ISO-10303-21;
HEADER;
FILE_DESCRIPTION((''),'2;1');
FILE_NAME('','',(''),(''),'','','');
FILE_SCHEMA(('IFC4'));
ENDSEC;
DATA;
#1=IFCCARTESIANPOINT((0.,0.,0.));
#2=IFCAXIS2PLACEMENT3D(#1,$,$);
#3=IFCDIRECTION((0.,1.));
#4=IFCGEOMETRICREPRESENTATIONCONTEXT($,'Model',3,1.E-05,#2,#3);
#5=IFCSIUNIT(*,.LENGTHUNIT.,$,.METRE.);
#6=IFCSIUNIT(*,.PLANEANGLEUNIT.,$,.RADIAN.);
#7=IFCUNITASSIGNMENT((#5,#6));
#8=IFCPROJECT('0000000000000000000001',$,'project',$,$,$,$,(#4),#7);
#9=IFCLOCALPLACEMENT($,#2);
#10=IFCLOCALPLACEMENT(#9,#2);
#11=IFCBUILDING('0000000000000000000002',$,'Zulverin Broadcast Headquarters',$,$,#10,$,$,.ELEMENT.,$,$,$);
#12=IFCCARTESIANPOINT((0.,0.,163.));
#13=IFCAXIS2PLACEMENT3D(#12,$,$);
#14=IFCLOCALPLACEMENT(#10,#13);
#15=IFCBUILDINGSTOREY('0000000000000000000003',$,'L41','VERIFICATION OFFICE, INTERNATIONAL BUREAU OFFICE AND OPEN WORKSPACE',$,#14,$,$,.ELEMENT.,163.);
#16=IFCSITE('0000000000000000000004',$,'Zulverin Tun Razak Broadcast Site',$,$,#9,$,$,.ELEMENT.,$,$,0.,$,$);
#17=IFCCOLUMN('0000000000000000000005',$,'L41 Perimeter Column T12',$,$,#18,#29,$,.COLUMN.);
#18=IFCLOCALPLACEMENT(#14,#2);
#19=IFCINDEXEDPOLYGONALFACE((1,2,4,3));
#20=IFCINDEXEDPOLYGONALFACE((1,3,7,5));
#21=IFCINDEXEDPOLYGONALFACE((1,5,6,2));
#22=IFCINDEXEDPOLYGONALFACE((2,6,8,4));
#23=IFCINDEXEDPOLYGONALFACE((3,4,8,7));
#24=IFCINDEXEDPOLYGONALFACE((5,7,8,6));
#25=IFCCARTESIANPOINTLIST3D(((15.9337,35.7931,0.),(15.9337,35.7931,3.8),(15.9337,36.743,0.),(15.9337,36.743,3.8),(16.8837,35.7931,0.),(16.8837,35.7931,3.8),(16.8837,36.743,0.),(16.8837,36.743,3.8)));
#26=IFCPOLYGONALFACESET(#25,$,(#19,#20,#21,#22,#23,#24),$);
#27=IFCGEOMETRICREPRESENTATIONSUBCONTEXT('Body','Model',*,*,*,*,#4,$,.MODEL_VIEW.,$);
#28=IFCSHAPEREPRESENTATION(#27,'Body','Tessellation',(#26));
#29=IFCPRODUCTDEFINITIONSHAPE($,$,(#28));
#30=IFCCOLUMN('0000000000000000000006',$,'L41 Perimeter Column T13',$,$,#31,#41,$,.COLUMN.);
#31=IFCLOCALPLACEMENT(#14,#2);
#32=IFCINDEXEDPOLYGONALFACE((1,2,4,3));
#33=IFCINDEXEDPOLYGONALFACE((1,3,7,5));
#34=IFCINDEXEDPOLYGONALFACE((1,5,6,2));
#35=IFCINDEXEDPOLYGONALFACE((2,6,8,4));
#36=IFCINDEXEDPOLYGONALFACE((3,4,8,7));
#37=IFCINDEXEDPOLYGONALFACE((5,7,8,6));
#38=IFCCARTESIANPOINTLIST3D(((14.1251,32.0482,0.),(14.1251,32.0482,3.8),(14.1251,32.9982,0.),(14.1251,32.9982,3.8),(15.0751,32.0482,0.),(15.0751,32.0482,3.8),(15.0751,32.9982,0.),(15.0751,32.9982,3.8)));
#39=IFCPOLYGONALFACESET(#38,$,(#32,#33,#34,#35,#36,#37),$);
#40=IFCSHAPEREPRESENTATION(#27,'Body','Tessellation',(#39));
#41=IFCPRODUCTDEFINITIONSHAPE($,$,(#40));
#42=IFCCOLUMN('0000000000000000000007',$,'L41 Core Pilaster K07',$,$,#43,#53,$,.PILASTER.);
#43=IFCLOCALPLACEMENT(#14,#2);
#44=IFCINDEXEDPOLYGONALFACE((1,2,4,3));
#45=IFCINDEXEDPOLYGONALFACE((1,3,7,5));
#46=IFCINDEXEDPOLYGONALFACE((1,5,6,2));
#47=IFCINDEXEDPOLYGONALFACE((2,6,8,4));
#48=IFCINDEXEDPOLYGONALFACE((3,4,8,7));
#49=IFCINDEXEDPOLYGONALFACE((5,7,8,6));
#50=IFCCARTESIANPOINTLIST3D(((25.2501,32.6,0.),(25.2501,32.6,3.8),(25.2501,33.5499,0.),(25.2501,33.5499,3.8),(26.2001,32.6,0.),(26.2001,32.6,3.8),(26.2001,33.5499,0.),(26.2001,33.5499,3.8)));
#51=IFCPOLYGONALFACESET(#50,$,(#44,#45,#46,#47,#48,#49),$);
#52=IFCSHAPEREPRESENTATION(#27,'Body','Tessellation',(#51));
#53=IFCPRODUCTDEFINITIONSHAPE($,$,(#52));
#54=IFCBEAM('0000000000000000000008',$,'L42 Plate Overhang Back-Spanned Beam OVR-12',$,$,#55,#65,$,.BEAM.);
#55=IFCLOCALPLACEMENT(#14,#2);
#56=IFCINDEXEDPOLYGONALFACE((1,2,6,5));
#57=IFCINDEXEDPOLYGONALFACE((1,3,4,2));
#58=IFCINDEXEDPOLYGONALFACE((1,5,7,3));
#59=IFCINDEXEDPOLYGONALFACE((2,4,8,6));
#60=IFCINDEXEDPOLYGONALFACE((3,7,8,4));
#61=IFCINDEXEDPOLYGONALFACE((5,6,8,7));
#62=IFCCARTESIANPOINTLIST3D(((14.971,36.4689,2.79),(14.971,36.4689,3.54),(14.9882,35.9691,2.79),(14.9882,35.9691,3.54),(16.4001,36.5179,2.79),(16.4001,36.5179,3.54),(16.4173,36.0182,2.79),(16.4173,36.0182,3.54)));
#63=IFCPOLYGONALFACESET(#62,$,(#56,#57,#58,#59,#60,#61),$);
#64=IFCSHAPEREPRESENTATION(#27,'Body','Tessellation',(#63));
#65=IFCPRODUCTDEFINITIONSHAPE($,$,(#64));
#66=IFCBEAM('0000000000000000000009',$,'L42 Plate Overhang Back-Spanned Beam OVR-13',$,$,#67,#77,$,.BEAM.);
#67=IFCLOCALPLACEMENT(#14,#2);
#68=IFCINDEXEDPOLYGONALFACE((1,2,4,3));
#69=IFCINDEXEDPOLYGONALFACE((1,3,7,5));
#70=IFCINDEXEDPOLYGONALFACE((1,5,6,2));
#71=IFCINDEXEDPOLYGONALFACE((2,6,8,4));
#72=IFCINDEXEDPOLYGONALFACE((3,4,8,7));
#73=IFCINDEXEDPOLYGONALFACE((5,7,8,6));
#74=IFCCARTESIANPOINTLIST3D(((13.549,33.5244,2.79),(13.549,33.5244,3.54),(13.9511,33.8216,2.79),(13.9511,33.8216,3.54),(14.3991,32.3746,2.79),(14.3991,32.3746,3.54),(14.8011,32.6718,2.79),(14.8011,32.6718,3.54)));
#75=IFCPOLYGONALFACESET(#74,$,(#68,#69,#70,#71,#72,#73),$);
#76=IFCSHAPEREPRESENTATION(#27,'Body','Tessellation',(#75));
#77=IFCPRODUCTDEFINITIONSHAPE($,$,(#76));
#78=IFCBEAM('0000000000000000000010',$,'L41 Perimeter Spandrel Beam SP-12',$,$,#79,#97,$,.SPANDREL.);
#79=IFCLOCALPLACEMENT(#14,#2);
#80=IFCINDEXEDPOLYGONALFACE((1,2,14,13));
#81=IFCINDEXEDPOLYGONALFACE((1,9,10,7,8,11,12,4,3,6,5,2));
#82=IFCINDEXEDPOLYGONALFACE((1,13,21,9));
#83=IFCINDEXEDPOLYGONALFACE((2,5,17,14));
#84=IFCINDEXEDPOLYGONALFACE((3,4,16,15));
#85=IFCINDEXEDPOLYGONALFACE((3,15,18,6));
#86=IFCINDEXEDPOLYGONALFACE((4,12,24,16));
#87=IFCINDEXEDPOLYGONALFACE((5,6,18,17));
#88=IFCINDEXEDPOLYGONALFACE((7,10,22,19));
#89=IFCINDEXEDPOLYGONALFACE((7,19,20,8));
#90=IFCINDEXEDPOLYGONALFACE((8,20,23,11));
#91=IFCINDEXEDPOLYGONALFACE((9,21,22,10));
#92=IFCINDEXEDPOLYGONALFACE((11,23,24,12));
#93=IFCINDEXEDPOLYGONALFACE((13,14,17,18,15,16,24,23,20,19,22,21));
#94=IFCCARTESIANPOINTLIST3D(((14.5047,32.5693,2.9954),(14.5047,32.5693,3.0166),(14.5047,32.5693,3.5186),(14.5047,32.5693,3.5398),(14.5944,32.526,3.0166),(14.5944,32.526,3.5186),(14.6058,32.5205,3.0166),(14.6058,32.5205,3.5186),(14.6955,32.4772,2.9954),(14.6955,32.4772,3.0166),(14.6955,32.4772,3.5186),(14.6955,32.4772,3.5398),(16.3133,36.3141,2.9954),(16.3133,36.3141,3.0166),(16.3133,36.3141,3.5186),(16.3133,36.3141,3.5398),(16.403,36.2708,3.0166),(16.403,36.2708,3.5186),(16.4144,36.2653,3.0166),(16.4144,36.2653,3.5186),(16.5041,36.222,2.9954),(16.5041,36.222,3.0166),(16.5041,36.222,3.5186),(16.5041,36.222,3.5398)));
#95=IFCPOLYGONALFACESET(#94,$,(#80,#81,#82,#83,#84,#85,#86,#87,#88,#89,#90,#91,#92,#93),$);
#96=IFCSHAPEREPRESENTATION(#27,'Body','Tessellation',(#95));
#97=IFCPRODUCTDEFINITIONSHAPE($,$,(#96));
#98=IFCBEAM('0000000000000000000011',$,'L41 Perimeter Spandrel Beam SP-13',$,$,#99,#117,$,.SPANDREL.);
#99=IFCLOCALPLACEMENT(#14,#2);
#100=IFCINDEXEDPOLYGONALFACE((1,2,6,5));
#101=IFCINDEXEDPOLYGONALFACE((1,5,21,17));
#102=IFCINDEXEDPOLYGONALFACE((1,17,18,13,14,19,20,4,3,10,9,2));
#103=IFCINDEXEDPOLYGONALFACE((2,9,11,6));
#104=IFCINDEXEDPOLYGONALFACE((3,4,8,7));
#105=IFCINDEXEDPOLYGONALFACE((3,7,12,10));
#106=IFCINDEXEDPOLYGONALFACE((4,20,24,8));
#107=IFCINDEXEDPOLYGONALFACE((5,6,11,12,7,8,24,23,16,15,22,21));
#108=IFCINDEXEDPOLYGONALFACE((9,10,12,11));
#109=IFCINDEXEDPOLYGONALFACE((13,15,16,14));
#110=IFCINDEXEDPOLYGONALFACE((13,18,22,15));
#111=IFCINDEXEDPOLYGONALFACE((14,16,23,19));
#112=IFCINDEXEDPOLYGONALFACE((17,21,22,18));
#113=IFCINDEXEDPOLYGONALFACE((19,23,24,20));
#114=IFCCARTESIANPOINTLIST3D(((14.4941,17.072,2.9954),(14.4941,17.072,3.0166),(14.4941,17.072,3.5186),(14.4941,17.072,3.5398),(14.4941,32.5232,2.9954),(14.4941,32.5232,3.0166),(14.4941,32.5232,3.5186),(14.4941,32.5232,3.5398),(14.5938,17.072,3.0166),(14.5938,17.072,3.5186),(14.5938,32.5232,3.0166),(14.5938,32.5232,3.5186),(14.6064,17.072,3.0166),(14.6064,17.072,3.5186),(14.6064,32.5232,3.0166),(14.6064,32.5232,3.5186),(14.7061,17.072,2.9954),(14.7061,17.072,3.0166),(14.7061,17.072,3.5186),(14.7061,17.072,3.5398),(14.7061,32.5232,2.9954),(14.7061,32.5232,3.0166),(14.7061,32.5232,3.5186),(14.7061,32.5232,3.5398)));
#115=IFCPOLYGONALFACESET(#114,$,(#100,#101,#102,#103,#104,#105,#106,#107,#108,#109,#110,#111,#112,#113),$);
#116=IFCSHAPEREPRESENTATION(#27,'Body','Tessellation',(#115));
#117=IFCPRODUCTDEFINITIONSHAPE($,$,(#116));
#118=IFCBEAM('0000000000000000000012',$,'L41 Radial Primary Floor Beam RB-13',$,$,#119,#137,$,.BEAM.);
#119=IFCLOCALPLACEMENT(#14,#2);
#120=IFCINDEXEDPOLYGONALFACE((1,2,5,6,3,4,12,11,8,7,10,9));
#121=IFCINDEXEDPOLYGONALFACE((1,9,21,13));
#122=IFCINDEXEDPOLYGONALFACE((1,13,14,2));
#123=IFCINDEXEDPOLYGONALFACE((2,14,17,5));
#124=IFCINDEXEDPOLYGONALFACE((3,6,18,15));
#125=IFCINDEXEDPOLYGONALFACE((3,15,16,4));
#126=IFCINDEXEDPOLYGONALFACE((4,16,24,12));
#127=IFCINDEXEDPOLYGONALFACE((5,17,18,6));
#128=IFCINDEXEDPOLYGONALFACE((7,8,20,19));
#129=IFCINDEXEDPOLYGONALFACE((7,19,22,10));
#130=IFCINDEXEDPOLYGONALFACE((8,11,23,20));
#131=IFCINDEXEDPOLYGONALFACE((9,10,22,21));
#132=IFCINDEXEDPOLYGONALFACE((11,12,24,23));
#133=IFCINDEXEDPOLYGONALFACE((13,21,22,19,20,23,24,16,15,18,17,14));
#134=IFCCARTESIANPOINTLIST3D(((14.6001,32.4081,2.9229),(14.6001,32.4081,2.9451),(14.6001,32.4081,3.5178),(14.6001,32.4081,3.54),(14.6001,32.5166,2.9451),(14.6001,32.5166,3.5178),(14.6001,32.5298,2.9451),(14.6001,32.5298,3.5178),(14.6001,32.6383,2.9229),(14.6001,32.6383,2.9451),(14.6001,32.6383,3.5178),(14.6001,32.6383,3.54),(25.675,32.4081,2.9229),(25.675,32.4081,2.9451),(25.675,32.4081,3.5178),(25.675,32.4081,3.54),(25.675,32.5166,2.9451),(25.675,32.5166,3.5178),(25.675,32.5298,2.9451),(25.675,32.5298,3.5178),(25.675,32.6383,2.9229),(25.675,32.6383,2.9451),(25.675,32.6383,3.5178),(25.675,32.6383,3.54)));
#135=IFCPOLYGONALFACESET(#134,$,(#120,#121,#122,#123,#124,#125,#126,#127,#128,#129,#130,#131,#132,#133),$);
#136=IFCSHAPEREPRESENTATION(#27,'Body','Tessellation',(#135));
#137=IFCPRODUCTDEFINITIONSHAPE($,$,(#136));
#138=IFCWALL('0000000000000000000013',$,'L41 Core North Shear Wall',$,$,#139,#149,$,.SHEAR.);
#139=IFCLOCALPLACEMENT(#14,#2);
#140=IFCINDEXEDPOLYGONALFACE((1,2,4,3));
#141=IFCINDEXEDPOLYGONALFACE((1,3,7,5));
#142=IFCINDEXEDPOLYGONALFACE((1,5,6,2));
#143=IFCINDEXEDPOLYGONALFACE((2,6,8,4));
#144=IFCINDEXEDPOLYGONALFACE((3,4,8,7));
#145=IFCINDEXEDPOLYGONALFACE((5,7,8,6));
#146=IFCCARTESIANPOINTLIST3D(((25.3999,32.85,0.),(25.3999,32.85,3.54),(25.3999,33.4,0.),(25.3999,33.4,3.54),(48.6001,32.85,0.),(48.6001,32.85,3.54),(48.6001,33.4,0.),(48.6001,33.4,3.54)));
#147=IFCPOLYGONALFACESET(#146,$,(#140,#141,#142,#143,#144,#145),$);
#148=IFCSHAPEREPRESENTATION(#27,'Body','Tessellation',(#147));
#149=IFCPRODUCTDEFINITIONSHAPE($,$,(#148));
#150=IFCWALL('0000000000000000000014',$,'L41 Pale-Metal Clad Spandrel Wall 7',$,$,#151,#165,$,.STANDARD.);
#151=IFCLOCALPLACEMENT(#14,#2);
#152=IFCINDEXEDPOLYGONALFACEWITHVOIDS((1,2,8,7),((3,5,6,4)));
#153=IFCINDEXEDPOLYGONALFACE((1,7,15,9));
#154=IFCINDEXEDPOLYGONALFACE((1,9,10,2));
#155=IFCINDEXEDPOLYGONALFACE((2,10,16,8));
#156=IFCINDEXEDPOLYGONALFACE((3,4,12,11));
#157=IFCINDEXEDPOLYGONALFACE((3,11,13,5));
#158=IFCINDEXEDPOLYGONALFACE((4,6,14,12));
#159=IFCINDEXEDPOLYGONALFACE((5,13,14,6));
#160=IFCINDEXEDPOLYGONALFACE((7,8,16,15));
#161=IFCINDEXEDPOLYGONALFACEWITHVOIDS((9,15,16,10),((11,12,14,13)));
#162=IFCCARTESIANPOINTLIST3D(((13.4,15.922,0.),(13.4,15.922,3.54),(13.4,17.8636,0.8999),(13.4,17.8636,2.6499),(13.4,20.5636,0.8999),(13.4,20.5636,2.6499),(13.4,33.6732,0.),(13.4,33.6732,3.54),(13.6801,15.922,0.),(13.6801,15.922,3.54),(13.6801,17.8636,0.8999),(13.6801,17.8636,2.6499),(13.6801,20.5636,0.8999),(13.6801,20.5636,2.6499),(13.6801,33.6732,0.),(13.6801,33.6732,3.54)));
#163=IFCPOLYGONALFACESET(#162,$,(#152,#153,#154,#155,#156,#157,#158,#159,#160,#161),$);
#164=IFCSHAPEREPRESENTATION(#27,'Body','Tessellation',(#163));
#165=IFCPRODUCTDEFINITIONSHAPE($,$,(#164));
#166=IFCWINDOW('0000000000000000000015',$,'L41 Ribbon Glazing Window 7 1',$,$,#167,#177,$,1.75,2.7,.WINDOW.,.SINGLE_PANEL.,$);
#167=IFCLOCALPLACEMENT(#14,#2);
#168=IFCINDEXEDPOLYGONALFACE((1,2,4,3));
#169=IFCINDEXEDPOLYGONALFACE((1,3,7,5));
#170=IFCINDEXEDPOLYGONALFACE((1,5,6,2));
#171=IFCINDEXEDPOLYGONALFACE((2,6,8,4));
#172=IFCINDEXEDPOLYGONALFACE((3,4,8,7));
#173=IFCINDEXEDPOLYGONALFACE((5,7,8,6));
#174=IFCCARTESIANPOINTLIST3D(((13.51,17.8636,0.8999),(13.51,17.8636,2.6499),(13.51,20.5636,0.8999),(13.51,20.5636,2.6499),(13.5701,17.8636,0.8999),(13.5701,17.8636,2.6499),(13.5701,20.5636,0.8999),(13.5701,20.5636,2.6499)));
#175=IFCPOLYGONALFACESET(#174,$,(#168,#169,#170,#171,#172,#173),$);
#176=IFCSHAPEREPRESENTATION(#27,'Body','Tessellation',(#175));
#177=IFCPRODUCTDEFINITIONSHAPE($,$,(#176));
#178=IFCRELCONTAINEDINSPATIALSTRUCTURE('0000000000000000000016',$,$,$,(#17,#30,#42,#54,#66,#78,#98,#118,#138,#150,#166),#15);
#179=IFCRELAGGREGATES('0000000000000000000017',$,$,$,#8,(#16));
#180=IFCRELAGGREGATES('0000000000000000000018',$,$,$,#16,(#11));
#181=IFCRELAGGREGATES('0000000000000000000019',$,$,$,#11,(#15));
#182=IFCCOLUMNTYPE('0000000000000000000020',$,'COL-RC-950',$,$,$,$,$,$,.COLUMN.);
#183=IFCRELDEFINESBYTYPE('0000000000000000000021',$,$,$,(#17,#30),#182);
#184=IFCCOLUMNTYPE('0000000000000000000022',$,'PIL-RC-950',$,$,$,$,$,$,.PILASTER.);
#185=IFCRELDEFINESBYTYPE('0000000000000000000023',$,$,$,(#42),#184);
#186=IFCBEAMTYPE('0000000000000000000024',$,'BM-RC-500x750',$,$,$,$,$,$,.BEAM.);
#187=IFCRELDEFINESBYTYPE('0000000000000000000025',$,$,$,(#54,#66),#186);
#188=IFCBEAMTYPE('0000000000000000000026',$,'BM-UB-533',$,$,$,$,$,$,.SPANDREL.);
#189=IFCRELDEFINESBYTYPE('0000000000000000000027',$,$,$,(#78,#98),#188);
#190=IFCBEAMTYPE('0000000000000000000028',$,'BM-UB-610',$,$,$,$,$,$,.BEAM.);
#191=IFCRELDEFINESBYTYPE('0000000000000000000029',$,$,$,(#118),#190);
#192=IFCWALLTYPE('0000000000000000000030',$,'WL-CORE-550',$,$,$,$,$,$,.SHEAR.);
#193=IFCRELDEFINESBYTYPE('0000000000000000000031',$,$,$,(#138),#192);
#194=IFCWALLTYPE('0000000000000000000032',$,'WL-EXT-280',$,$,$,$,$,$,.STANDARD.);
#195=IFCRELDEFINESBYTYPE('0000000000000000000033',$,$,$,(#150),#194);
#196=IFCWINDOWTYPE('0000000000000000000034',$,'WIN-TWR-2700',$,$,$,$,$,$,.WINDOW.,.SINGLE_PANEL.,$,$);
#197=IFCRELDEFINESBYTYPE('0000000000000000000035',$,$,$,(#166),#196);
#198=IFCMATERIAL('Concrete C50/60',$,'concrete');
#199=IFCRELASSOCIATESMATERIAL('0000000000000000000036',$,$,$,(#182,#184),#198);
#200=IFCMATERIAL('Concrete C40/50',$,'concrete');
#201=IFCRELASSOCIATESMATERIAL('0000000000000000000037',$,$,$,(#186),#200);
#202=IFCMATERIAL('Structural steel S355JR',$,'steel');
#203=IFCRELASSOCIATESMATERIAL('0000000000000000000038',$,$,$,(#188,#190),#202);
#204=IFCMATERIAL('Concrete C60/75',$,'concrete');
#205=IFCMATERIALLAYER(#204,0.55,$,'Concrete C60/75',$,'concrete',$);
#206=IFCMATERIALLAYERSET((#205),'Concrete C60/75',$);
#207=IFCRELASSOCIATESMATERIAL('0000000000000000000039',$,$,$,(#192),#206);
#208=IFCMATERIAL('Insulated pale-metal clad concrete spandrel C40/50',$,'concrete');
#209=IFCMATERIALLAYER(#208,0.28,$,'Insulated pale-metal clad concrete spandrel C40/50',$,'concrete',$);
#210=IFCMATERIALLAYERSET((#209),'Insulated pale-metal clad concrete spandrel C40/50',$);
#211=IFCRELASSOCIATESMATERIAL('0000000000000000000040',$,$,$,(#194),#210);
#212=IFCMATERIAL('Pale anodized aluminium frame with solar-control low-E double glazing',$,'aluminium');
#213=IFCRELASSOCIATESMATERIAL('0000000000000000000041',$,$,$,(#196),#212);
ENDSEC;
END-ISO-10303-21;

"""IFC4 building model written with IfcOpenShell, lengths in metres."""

from ifc_helpers import new_model, si_unit, direction, frame, frame_2d, origin, origin_2d, place, context, subcontext, project, spatial, rectangle, i_section, extrude, material, layer, layer_set, material_profile, profile_set, type_object, element, fill, save


model = new_model("IFC4")

# Units and contexts
model_context = context("Model", 3, precision=1e-05, world=origin(), true_north=direction((0.0, 1.0)))
body_context = subcontext(model_context, "Body", "Model", "MODEL_VIEW")
ifc_project = project(units=[si_unit("LENGTHUNIT", "METRE"), si_unit("PLANEANGLEUNIT", "RADIAN")], contexts=[model_context])

# Site, building, storey
site_placement = place(None, origin())
site = spatial("IfcSite", under=ifc_project, at=site_placement, Name="Zulverin Tun Razak Broadcast Site", CompositionType="ELEMENT", RefElevation=0.0)
building_placement = place(site_placement, origin())
building = spatial("IfcBuilding", under=site, at=building_placement, Name="Zulverin Broadcast Headquarters", CompositionType="ELEMENT")
storey_placement = place(building_placement, frame((0.0, 0.0, 163.0)))
storey = spatial("IfcBuildingStorey", under=building, at=storey_placement, Name="L41", Description="VERIFICATION OFFICE, INTERNATIONAL BUREAU OFFICE AND OPEN WORKSPACE", CompositionType="ELEMENT", Elevation=163.0)

# Columns
ifc_material_1 = material(Name="Concrete C50/60", Category="concrete")
ifc_material_profile_1 = material_profile(ifc_material_1, rectangle(XDim=0.95, YDim=0.95, at=origin_2d()), Name="Concrete C50/60", Category="concrete")
ifc_profile_set_1 = profile_set([ifc_material_profile_1], Name="Concrete C50/60")
column_type_1 = type_object("IfcColumnType", Name="COL-RC-950", PredefinedType="COLUMN", material=ifc_profile_set_1)
for number, where, z_axis, x_axis, name in (
    (1, (16.4087, 36.2681, 0.0), (0.0, 0.0, 1.0), (1.0, 0.0, 0.0), "L41 Perimeter Column T12"),
    (2, (14.6001, 32.5232, 0.0), (0.0, 0.0, 1.0), (1.0, 0.0, 0.0), "L41 Perimeter Column T13"),
):
    element("IfcColumn", number, at=place(storey_placement, frame(where, z_axis=z_axis, x_axis=x_axis)), inside=storey, type_object=column_type_1, Name=name, PredefinedType="COLUMN", context=body_context, shape_type="SweptSolid", body=[
        extrude(rectangle(XDim=0.95, YDim=0.95, at=origin_2d()), origin(), (0.0, 0.0, 1.0), 3.8),
    ])
ifc_material_profile_2 = material_profile(ifc_material_1, rectangle(XDim=0.95, YDim=0.95, at=origin_2d()), Name="Concrete C50/60", Category="concrete")
ifc_profile_set_2 = profile_set([ifc_material_profile_2], Name="Concrete C50/60")
column_type_2 = type_object("IfcColumnType", Name="PIL-RC-950", PredefinedType="PILASTER", material=ifc_profile_set_2)
column_placement = place(storey_placement, frame((25.7251, 33.075, 0.0), z_axis=(0.0, 0.0, 1.0), x_axis=(1.0, 0.0, 0.0)))
element("IfcColumn", 3, at=column_placement, inside=storey, type_object=column_type_2, Name="L41 Core Pilaster K07", PredefinedType="PILASTER", context=body_context, shape_type="SweptSolid", body=[
    extrude(rectangle(XDim=0.95, YDim=0.95, at=origin_2d()), origin(), (0.0, 0.0, 1.0), 3.8),
])

# Beams
ifc_material_2 = material(Name="Concrete C40/50", Category="concrete")
ifc_material_profile_3 = material_profile(ifc_material_2, rectangle(XDim=0.5, YDim=0.75, at=origin_2d()), Name="Concrete C40/50", Category="concrete")
ifc_profile_set_3 = profile_set([ifc_material_profile_3], Name="Concrete C40/50")
beam_type_1 = type_object("IfcBeamType", Name="BM-RC-500x750", PredefinedType="BEAM", material=ifc_profile_set_3)
for number, where, z_axis, x_axis, name in (
    (4, (16.4087, 36.2681, 3.165), (-0.999411, -0.034315, 0.0), (0.034315, -0.999411, 0.0), "L42 Plate Overhang Back-Spanned Beam OVR-12"),
    (5, (14.6001, 32.5232, 3.165), (-0.594468, 0.804119, 0.0), (-0.804119, -0.594468, 0.0), "L42 Plate Overhang Back-Spanned Beam OVR-13"),
):
    element("IfcBeam", number, at=place(storey_placement, frame(where, z_axis=z_axis, x_axis=x_axis)), inside=storey, type_object=beam_type_1, Name=name, PredefinedType="BEAM", context=body_context, shape_type="SweptSolid", body=[
        extrude(rectangle(XDim=0.5, YDim=0.75, at=origin_2d()), origin(), (0.0, 0.0, 1.0), 1.4299),
    ])
ifc_material_3 = material(Name="Structural steel S355JR", Category="steel")
ifc_material_profile_4 = material_profile(ifc_material_3, i_section(OverallWidth=0.2119, OverallDepth=0.5444, WebThickness=0.0127, FlangeThickness=0.0212, at=origin_2d()), Name="Structural steel S355JR", Category="steel")
ifc_profile_set_4 = profile_set([ifc_material_profile_4], Name="Structural steel S355JR")
beam_type_2 = type_object("IfcBeamType", Name="BM-UB-533", PredefinedType="SPANDREL", material=ifc_profile_set_4)
beam_1_placement = place(storey_placement, frame((16.4087, 36.2681, 3.2676), z_axis=(-0.43489, -0.900483, 0.0), x_axis=(0.900483, -0.43489, 0.0)))
element("IfcBeam", 6, at=beam_1_placement, inside=storey, type_object=beam_type_2, Name="L41 Perimeter Spandrel Beam SP-12", PredefinedType="SPANDREL", context=body_context, shape_type="SweptSolid", body=[
    extrude(i_section(OverallWidth=0.2119, OverallDepth=0.5444, WebThickness=0.0127, FlangeThickness=0.0212, at=origin_2d()), origin(), (0.0, 0.0, 1.0), 4.1587),
])
beam_2_placement = place(storey_placement, frame((14.6001, 32.5232, 3.2676), z_axis=(0.0, -1.0, 0.0), x_axis=(1.0, 0.0, 0.0)))
element("IfcBeam", 7, at=beam_2_placement, inside=storey, type_object=beam_type_2, Name="L41 Perimeter Spandrel Beam SP-13", PredefinedType="SPANDREL", context=body_context, shape_type="SweptSolid", body=[
    extrude(i_section(OverallWidth=0.2119, OverallDepth=0.5444, WebThickness=0.0127, FlangeThickness=0.0212, at=origin_2d()), origin(), (0.0, 0.0, 1.0), 15.4512),
])
ifc_material_profile_5 = material_profile(ifc_material_3, i_section(OverallWidth=0.2302, OverallDepth=0.6172, WebThickness=0.0132, FlangeThickness=0.0222, at=origin_2d()), Name="Structural steel S355JR", Category="steel")
ifc_profile_set_5 = profile_set([ifc_material_profile_5], Name="Structural steel S355JR")
beam_type_3 = type_object("IfcBeamType", Name="BM-UB-610", PredefinedType="BEAM", material=ifc_profile_set_5)
beam_3_placement = place(storey_placement, frame((25.675, 32.5232, 3.2314), z_axis=(-1.0, 0.0, 0.0), x_axis=(0.0, -1.0, 0.0)))
element("IfcBeam", 8, at=beam_3_placement, inside=storey, type_object=beam_type_3, Name="L41 Radial Primary Floor Beam RB-13", PredefinedType="BEAM", context=body_context, shape_type="SweptSolid", body=[
    extrude(i_section(OverallWidth=0.2302, OverallDepth=0.6172, WebThickness=0.0132, FlangeThickness=0.0222, at=origin_2d()), origin(), (0.0, 0.0, 1.0), 11.075),
])

# Wall
ifc_material_4 = material(Name="Concrete C60/75", Category="concrete")
ifc_layer_1 = layer(ifc_material_4, 0.55, Name="Concrete C60/75", Category="concrete")
ifc_layer_set_1 = layer_set([ifc_layer_1], Name="Concrete C60/75")
wall_type_1 = type_object("IfcWallType", Name="WL-CORE-550", PredefinedType="SHEAR", material=ifc_layer_set_1)
wall_1_placement = place(storey_placement, frame((25.3999, 33.125, 0.0), z_axis=(0.0, 0.0, 1.0), x_axis=(1.0, 0.0, 0.0)))
element("IfcWall", 9, at=wall_1_placement, inside=storey, type_object=wall_type_1, Name="L41 Core North Shear Wall", PredefinedType="SHEAR", context=body_context, shape_type="SweptSolid", body=[
    extrude(rectangle(XDim=23.2002, YDim=0.55, at=frame_2d((11.6001, 0.0))), origin(), (0.0, 0.0, 1.0), 3.54),
])

# Wall, opening, window
ifc_material_5 = material(Name="Insulated pale-metal clad concrete spandrel C40/50", Category="concrete")
ifc_layer_2 = layer(ifc_material_5, 0.28, Name="Insulated pale-metal clad concrete spandrel C40/50", Category="concrete")
ifc_layer_set_2 = layer_set([ifc_layer_2], Name="Insulated pale-metal clad concrete spandrel C40/50")
wall_type_2 = type_object("IfcWallType", Name="WL-EXT-280", PredefinedType="STANDARD", material=ifc_layer_set_2)
wall_2_placement = place(storey_placement, frame((13.54, 33.6731, 0.0), z_axis=(0.0, 0.0, 1.0), x_axis=(0.0, -1.0, 0.0)))
wall_2 = element("IfcWall", 10, at=wall_2_placement, inside=storey, type_object=wall_type_2, Name="L41 Pale-Metal Clad Spandrel Wall 7", PredefinedType="STANDARD", context=body_context, shape_type="SweptSolid", body=[
    extrude(rectangle(XDim=17.7512, YDim=0.28, at=frame_2d((8.8755, 0.0))), origin(), (0.0, 0.0, 1.0), 3.54),
])
opening_1_placement = place(wall_2_placement, frame((13.1094, 0.0, 0.8999)))
opening_1 = element("IfcOpeningElement", 11, at=opening_1_placement, cuts=wall_2, PredefinedType="OPENING", context=body_context, shape_type="SweptSolid", body=[
    extrude(rectangle(XDim=2.7, YDim=1.75, at=frame_2d((1.3501, 0.875))), frame((0.0, 0.1499, 0.0), z_axis=(0.0, -1.0, 0.0), x_axis=(1.0, 0.0, 0.0)), (0.0, 0.0, 1.0), 0.3),
])
ifc_material_6 = material(Name="Pale anodized aluminium frame with solar-control low-E double glazing", Category="aluminium")
window_type = type_object("IfcWindowType", Name="WIN-TWR-2700", PartitioningType="SINGLE_PANEL", PredefinedType="WINDOW", material=ifc_material_6)
window_placement = place(opening_1_placement, origin())
window = element("IfcWindow", 12, at=window_placement, inside=storey, type_object=window_type, Name="L41 Ribbon Glazing Window 7 1", OverallHeight=1.75, OverallWidth=2.7, PartitioningType="SINGLE_PANEL", PredefinedType="WINDOW", context=body_context, shape_type="SweptSolid", body=[
    extrude(rectangle(XDim=2.7, YDim=1.75, at=frame_2d((1.3501, 0.875))), frame((0.0, 0.03, 0.0), z_axis=(0.0, -1.0, 0.0), x_axis=(1.0, 0.0, 0.0)), (0.0, 0.0, 1.0), 0.0601),
])
fill(opening_1, window)

save(model, "model.ifc")
